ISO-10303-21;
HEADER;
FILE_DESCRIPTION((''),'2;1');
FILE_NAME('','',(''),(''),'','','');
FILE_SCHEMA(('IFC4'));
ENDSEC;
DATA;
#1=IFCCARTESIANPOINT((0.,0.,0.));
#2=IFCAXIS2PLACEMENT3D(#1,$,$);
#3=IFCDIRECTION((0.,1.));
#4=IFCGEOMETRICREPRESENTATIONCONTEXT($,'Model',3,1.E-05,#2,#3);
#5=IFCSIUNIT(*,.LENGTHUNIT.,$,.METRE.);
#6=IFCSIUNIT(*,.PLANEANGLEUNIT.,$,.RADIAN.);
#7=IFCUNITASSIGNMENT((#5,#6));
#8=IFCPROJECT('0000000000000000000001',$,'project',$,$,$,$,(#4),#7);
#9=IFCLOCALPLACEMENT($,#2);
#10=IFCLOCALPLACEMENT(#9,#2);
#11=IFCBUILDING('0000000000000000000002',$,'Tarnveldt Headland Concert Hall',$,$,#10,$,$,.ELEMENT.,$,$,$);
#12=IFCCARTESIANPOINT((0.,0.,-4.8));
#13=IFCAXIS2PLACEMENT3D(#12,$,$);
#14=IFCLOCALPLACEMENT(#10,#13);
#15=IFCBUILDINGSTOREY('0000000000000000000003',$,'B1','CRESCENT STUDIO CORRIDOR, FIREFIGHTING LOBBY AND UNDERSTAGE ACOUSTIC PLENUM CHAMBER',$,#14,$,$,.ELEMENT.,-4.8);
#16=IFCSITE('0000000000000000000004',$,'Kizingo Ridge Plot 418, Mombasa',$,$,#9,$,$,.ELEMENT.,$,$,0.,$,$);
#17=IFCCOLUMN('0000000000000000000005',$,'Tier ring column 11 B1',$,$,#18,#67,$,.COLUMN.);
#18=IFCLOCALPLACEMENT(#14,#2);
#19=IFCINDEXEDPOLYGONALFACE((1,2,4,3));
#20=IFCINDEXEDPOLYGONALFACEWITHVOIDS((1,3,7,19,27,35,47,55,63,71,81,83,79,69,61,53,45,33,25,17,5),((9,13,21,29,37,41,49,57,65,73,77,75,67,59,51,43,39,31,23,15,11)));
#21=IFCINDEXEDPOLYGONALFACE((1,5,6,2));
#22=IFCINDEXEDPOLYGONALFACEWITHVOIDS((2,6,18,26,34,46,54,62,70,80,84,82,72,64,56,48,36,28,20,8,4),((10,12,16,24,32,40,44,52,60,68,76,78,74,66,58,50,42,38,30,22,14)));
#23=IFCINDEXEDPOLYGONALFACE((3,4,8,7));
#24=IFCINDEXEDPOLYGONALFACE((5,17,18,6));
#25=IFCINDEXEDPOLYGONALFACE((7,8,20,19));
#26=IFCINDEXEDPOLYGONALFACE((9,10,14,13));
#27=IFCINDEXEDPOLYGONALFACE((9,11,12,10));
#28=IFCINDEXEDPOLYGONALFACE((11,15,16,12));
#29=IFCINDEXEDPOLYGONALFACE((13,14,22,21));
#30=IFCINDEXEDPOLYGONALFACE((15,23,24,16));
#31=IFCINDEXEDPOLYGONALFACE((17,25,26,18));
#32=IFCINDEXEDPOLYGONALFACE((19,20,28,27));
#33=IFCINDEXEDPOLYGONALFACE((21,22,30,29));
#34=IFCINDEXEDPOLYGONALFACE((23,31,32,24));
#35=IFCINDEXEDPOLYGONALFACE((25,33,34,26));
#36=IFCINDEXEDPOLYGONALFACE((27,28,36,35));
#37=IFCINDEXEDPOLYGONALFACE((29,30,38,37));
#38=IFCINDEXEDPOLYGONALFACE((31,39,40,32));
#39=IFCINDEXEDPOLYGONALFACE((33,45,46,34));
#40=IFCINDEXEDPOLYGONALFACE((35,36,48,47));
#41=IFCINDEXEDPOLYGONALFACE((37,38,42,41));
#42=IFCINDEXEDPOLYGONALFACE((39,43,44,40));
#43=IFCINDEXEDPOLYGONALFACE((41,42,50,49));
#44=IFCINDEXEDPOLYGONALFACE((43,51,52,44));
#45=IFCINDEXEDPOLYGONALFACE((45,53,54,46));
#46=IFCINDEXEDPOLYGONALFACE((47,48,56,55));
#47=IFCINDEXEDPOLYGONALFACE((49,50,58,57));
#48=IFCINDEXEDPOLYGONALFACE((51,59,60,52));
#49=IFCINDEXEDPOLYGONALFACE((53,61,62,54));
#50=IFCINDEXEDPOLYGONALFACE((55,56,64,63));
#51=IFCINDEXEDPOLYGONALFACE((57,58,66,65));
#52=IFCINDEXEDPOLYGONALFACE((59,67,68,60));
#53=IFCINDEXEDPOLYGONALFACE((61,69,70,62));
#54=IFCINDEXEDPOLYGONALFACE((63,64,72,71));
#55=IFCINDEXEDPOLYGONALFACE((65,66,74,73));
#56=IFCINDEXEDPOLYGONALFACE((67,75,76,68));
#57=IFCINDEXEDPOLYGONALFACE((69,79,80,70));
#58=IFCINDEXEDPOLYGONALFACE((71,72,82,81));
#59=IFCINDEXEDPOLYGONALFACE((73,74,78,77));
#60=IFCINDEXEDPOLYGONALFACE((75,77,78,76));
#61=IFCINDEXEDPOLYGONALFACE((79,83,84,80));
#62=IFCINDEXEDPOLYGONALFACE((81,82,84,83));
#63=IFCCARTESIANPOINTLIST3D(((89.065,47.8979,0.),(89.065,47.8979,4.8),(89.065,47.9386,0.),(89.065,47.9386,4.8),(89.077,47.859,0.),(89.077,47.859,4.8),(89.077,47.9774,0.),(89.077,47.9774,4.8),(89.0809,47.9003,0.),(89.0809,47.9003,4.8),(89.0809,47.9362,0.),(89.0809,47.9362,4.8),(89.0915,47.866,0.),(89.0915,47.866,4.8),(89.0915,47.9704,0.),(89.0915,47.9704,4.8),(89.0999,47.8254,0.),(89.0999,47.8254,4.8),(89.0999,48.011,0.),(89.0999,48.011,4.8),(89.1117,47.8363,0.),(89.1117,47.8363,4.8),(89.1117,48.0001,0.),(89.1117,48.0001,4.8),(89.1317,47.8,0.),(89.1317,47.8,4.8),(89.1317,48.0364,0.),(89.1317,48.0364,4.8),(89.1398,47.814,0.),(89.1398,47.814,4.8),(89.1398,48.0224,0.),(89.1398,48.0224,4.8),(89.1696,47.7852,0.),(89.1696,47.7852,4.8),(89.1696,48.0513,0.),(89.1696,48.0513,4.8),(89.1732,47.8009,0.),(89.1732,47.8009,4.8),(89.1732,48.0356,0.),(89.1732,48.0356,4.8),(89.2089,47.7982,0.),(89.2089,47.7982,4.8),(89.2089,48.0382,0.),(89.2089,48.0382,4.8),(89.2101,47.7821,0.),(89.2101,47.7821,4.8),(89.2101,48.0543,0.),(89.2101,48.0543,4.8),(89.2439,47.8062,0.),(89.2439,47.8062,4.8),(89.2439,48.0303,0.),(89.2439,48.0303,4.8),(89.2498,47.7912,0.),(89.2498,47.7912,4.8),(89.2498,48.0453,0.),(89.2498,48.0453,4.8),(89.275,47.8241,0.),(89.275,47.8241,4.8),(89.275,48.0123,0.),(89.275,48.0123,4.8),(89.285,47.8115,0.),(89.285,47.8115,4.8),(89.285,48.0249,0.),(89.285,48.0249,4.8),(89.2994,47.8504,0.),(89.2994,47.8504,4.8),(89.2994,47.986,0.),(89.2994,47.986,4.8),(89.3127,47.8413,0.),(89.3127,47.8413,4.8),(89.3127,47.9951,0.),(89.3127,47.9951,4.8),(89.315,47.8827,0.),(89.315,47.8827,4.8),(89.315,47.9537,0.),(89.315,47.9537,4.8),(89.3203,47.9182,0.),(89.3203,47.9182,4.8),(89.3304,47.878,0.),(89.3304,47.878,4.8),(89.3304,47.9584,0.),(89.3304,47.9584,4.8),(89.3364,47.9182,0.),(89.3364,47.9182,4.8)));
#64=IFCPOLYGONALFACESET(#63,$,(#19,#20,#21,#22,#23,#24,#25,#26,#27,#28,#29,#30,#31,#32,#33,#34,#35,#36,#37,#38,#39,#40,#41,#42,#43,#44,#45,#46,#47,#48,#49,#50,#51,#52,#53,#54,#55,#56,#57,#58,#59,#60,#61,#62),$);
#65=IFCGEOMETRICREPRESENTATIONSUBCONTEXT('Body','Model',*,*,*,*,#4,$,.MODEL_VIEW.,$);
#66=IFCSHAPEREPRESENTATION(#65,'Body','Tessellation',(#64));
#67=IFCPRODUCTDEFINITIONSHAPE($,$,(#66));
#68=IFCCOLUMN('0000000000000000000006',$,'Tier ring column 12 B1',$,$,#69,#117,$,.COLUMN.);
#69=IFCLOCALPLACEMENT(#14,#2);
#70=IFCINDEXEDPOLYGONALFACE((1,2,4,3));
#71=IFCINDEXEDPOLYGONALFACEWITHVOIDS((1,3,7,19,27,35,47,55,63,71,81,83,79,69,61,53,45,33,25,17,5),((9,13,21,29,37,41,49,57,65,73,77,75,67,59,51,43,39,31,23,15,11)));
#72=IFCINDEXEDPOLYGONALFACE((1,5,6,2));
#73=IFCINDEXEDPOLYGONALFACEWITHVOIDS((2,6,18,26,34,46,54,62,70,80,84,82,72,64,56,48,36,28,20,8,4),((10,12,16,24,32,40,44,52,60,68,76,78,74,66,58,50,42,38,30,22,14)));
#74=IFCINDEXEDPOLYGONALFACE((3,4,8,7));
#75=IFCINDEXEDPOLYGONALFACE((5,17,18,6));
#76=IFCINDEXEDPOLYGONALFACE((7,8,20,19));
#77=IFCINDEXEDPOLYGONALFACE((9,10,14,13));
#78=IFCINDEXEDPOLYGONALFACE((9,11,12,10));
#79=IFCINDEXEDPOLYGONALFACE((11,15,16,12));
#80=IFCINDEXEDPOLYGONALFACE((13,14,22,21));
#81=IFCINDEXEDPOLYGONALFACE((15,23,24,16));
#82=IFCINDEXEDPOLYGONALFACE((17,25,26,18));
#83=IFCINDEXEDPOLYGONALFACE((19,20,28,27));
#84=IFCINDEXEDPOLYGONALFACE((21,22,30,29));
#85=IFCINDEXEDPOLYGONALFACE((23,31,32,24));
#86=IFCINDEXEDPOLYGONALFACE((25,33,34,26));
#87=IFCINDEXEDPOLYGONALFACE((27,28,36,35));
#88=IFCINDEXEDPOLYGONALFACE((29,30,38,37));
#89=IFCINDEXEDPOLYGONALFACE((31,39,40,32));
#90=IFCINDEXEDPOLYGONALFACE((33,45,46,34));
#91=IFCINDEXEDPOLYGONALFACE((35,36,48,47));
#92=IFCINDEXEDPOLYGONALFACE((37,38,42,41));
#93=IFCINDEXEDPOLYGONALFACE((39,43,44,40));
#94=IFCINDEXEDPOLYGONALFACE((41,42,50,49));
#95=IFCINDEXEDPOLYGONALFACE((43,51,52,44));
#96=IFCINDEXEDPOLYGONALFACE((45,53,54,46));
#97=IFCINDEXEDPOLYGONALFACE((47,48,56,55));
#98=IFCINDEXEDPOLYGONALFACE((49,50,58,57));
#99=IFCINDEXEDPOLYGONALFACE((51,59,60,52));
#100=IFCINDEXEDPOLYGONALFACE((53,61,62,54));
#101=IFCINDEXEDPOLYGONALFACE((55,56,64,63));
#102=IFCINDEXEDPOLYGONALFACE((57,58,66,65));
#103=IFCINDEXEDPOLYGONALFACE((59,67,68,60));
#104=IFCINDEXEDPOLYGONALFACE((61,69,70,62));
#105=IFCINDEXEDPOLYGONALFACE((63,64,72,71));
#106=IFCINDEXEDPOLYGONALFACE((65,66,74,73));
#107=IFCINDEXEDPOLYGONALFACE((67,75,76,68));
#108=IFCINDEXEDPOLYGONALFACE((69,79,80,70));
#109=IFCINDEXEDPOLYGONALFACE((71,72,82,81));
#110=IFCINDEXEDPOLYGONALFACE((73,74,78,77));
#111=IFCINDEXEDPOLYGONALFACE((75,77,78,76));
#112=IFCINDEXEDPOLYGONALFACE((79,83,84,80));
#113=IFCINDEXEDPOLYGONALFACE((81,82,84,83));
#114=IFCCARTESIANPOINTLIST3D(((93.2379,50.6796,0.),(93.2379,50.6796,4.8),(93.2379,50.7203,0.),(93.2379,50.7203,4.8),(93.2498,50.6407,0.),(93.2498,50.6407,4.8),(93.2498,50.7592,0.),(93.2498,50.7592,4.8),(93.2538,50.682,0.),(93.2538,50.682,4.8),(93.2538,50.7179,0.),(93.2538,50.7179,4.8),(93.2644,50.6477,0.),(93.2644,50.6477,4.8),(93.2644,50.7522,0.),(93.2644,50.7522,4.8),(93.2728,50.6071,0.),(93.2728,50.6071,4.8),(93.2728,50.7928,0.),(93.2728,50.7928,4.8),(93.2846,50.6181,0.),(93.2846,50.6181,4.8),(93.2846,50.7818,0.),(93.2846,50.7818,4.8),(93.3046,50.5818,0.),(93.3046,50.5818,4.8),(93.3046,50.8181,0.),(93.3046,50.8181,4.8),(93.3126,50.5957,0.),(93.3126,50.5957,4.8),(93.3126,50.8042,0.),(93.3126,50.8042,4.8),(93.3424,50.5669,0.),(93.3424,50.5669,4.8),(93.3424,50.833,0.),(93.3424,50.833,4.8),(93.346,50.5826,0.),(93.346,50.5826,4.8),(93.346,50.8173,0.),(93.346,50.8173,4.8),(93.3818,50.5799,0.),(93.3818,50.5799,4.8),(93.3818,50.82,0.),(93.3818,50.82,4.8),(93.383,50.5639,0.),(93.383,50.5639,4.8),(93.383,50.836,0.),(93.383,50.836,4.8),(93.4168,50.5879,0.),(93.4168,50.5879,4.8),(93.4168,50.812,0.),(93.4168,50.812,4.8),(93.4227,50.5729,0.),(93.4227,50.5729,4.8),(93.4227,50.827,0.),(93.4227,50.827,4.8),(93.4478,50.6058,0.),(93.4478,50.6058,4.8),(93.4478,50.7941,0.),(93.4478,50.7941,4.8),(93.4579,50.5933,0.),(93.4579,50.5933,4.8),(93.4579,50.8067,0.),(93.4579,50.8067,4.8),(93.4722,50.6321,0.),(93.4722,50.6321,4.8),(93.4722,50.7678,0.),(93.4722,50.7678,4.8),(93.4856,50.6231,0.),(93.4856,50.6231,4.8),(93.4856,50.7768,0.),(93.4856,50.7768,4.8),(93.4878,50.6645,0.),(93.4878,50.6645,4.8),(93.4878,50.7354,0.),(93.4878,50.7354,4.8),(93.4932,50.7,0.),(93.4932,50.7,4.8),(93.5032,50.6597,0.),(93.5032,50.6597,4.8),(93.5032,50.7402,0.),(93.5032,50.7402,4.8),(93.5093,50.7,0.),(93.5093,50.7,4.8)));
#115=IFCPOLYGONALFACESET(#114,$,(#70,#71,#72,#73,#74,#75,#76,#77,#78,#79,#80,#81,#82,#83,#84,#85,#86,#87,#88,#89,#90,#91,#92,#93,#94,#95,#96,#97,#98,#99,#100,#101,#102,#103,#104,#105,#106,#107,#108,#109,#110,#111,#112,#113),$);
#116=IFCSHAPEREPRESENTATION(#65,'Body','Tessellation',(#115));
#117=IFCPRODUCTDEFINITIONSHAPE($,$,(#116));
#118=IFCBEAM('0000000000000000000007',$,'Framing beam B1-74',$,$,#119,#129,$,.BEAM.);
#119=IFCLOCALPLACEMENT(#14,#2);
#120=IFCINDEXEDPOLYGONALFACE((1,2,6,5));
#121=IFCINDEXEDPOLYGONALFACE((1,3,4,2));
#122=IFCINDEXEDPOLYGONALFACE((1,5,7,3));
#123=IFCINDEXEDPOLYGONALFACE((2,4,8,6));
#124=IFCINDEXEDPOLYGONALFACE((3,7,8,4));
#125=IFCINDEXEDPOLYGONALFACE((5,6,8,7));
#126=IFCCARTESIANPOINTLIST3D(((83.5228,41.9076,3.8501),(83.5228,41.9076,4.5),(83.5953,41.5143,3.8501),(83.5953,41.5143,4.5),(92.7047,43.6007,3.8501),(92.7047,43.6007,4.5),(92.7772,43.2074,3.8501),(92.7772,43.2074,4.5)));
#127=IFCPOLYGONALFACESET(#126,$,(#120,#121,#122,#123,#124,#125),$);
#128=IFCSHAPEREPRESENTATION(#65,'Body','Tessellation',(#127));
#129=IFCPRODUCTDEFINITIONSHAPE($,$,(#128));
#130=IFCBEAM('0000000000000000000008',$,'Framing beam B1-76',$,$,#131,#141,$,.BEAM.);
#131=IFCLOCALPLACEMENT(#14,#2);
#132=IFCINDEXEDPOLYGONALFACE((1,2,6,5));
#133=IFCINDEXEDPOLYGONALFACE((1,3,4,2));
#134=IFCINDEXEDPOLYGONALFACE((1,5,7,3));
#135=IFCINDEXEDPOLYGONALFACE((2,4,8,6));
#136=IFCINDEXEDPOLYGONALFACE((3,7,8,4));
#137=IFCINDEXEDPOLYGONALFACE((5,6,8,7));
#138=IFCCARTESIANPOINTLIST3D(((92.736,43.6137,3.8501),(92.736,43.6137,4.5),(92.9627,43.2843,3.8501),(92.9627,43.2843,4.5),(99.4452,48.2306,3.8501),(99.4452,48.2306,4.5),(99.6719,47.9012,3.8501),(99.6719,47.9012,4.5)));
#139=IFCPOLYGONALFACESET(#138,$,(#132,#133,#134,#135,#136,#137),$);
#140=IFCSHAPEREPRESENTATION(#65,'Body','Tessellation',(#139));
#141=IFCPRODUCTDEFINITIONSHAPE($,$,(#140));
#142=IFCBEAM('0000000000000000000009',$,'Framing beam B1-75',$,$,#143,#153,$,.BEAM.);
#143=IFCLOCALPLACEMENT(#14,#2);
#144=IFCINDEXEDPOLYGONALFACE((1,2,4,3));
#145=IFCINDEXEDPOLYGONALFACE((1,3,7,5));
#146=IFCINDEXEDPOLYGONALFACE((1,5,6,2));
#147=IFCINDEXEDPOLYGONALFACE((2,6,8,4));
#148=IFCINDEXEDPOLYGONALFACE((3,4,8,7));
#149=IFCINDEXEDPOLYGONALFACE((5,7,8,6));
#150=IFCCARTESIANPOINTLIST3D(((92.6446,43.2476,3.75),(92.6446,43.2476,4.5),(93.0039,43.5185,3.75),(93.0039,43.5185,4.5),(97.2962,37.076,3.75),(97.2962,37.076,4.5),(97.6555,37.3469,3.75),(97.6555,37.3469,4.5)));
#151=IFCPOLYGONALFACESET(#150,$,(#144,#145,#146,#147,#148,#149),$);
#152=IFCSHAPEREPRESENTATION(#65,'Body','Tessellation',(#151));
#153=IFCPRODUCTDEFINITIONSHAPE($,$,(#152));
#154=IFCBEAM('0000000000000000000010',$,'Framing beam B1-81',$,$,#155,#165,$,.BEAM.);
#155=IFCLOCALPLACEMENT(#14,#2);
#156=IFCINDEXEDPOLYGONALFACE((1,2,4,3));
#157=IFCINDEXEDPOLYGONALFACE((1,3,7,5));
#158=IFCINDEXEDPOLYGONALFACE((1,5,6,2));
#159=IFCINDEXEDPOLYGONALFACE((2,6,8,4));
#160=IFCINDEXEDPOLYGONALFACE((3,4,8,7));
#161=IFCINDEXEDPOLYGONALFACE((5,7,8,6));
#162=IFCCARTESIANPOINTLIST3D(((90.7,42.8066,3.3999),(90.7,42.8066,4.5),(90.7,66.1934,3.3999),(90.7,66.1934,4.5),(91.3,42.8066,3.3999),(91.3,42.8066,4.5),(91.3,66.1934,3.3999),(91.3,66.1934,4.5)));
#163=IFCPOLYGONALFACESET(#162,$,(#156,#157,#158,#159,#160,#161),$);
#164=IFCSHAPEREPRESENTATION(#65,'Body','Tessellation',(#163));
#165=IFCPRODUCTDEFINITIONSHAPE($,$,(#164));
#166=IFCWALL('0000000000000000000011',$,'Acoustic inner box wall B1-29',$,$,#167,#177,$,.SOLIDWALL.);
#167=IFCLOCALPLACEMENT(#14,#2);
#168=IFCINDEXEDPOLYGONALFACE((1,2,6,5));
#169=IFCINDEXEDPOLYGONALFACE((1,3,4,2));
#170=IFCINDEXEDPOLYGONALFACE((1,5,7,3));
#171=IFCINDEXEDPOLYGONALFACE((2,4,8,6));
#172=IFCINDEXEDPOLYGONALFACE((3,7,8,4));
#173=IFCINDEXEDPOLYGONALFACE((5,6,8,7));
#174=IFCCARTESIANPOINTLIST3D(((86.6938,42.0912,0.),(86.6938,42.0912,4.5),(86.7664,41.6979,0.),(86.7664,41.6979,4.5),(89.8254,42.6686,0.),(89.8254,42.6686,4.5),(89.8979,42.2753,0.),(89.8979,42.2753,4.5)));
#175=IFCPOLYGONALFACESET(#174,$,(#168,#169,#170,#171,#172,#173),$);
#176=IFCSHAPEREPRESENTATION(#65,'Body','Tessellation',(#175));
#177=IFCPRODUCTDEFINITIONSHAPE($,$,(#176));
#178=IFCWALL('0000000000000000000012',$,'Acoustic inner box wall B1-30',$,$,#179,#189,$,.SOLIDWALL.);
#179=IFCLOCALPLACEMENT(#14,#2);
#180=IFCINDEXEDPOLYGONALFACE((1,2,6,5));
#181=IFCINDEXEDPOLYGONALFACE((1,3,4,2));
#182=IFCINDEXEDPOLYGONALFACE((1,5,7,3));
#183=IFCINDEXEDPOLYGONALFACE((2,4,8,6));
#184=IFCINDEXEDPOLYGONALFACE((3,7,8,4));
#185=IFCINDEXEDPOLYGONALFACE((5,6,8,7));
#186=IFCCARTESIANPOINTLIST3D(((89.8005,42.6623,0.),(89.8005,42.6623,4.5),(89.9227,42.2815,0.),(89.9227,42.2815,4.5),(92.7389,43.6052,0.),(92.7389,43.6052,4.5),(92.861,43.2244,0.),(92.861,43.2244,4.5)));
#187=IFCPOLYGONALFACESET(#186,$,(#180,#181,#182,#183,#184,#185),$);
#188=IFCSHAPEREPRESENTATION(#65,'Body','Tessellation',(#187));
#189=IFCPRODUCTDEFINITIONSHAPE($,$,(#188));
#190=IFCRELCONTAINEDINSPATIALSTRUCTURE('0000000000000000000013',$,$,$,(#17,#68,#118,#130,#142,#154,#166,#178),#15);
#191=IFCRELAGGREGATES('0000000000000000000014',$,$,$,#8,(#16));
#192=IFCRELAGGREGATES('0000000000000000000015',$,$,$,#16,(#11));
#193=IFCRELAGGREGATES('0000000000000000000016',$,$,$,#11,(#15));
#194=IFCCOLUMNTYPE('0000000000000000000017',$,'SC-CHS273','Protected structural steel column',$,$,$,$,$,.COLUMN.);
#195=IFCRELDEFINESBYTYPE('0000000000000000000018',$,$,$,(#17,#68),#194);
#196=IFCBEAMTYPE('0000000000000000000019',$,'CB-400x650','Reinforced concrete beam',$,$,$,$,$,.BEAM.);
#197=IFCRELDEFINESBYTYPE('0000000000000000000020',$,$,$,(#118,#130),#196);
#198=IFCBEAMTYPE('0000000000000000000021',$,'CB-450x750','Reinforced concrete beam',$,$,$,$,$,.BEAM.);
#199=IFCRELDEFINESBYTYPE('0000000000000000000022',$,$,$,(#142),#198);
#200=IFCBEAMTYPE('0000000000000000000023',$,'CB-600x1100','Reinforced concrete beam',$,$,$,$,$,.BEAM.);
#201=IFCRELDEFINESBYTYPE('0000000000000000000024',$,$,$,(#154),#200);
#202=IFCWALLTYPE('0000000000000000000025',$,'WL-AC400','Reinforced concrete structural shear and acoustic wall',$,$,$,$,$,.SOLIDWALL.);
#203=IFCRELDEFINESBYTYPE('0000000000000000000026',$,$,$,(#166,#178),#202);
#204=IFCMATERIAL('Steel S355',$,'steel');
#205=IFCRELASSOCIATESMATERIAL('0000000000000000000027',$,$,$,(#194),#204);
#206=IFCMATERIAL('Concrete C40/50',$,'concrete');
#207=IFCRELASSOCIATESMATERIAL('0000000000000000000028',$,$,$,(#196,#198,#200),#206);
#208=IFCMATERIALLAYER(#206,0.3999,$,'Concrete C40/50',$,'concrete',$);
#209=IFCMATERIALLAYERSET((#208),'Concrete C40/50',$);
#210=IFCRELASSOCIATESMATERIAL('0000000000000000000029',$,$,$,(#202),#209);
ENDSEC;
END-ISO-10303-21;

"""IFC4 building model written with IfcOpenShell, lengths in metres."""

from ifc_helpers import new_model, si_unit, direction, frame, frame_2d, origin, origin_2d, place, context, subcontext, project, spatial, rectangle, hollow_circle, extrude, material, layer, layer_set, material_profile, profile_set, type_object, element, save


model = new_model("IFC4")

# Units and contexts
model_context = context("Model", 3, precision=1e-05, world=origin(), true_north=direction((0.0, 1.0)))
body_context = subcontext(model_context, "Body", "Model", "MODEL_VIEW")
ifc_project = project(units=[si_unit("LENGTHUNIT", "METRE"), si_unit("PLANEANGLEUNIT", "RADIAN")], contexts=[model_context])

# Site, building, storey
site_placement = place(None, origin())
site = spatial("IfcSite", under=ifc_project, at=site_placement, Name="Kizingo Ridge Plot 418, Mombasa", CompositionType="ELEMENT", RefElevation=0.0)
building_placement = place(site_placement, origin())
building = spatial("IfcBuilding", under=site, at=building_placement, Name="Tarnveldt Headland Concert Hall", CompositionType="ELEMENT")
storey_placement = place(building_placement, frame((0.0, 0.0, -4.8)))
storey = spatial("IfcBuildingStorey", under=building, at=storey_placement, Name="B1", Description="CRESCENT STUDIO CORRIDOR, FIREFIGHTING LOBBY AND UNDERSTAGE ACOUSTIC PLENUM CHAMBER", CompositionType="ELEMENT", Elevation=-4.8)

# Shared definitions
ifc_material_1 = material(Name="Concrete C40/50", Category="concrete")

# Columns
ifc_material_2 = material(Name="Steel S355", Category="steel")
ifc_material_profile_1 = material_profile(ifc_material_2, hollow_circle(Radius=0.1365, WallThickness=0.0161, at=origin_2d()), Name="CHS 273x16", Category="steel")
ifc_profile_set_1 = profile_set([ifc_material_profile_1], Name="Steel S355")
column_type_1 = type_object("IfcColumnType", Name="SC-CHS273", Description="Protected structural steel column", PredefinedType="COLUMN", material=ifc_profile_set_1)
for number, where, z_axis, x_axis, name in (
    (1, (89.2, 47.9182, 0.0), (0.0, 0.0, 1.0), (1.0, 0.0, 0.0), "Tier ring column 11 B1"),
    (2, (93.3728, 50.7, 0.0), (0.0, 0.0, 1.0), (1.0, 0.0, 0.0), "Tier ring column 12 B1"),
):
    element("IfcColumn", number, at=place(storey_placement, frame(where, z_axis=z_axis, x_axis=x_axis)), inside=storey, type_object=column_type_1, Name=name, PredefinedType="COLUMN", context=body_context, shape_type="SweptSolid", body=[
        extrude(hollow_circle(Radius=0.1365, WallThickness=0.0161, at=origin_2d()), origin(), (0.0, 0.0, 1.0), 4.8),
    ])

# Beams
ifc_material_profile_2 = material_profile(ifc_material_1, rectangle(XDim=0.3999, YDim=0.6499, at=origin_2d()), Name="RC 400x650", Category="concrete")
ifc_profile_set_2 = profile_set([ifc_material_profile_2], Name="Concrete C40/50")
beam_type_1 = type_object("IfcBeamType", Name="CB-400x650", Description="Reinforced concrete beam", PredefinedType="BEAM", material=ifc_profile_set_2)
beam_1_placement = place(storey_placement, frame((83.5591, 41.7109, 4.175), z_axis=(0.98342, 0.18134, 0.0), x_axis=(-0.18134, 0.98342, 0.0)))
element("IfcBeam", 3, at=beam_1_placement, inside=storey, type_object=beam_type_1, Name="Framing beam B1-74", PredefinedType="BEAM", context=body_context, shape_type="SweptSolid", body=[
    extrude(rectangle(XDim=0.3999, YDim=0.6499, at=origin_2d()), origin(), (0.0, 0.0, 1.0), 9.3367),
])
beam_2_placement = place(storey_placement, frame((92.8494, 43.449, 4.175), z_axis=(0.823793, 0.566891, 0.0), x_axis=(-0.566891, 0.823793, 0.0)))
element("IfcBeam", 4, at=beam_2_placement, inside=storey, type_object=beam_type_1, Name="Framing beam B1-76", PredefinedType="BEAM", context=body_context, shape_type="SweptSolid", body=[
    extrude(rectangle(XDim=0.3999, YDim=0.6499, at=origin_2d()), origin(), (0.0, 0.0, 1.0), 8.1443),
])
ifc_material_profile_3 = material_profile(ifc_material_1, rectangle(XDim=0.45, YDim=0.75, at=origin_2d()), Name="RC 450x750", Category="concrete")
ifc_profile_set_3 = profile_set([ifc_material_profile_3], Name="Concrete C40/50")
beam_type_2 = type_object("IfcBeamType", Name="CB-450x750", Description="Reinforced concrete beam", PredefinedType="BEAM", material=ifc_profile_set_3)
beam_3_placement = place(storey_placement, frame((92.8242, 43.3831, 4.125), z_axis=(0.601894, -0.798576, 0.0), x_axis=(0.798576, 0.601894, 0.0)))
element("IfcBeam", 5, at=beam_3_placement, inside=storey, type_object=beam_type_2, Name="Framing beam B1-75", PredefinedType="BEAM", context=body_context, shape_type="SweptSolid", body=[
    extrude(rectangle(XDim=0.45, YDim=0.75, at=origin_2d()), origin(), (0.0, 0.0, 1.0), 7.7283),
])
ifc_material_profile_4 = material_profile(ifc_material_1, rectangle(XDim=0.6001, YDim=1.1001, at=origin_2d()), Name="RC 600x1100", Category="concrete")
ifc_profile_set_4 = profile_set([ifc_material_profile_4], Name="Concrete C40/50")
beam_type_3 = type_object("IfcBeamType", Name="CB-600x1100", Description="Reinforced concrete beam", PredefinedType="BEAM", material=ifc_profile_set_4)
beam_4_placement = place(storey_placement, frame((91.0, 42.8066, 3.95), z_axis=(0.0, 1.0, 0.0), x_axis=(-1.0, 0.0, 0.0)))
element("IfcBeam", 6, at=beam_4_placement, inside=storey, type_object=beam_type_3, Name="Framing beam B1-81", PredefinedType="BEAM", context=body_context, shape_type="SweptSolid", body=[
    extrude(rectangle(XDim=0.6001, YDim=1.1001, at=origin_2d()), origin(), (0.0, 0.0, 1.0), 23.3867),
])

# Walls
ifc_layer = layer(ifc_material_1, 0.3999, Name="Concrete C40/50", Category="concrete")
ifc_layer_set = layer_set([ifc_layer], Name="Concrete C40/50")
wall_type = type_object("IfcWallType", Name="WL-AC400", Description="Reinforced concrete structural shear and acoustic wall", PredefinedType="SOLIDWALL", material=ifc_layer_set)
wall_1_placement = place(storey_placement, frame((86.73, 41.8945, 0.0), z_axis=(0.0, 0.0, 1.0), x_axis=(0.983424, 0.18132, 0.0)))
element("IfcWall", 7, at=wall_1_placement, inside=storey, type_object=wall_type, Name="Acoustic inner box wall B1-29", PredefinedType="SOLIDWALL", context=body_context, shape_type="SweptSolid", body=[
    extrude(rectangle(XDim=3.1843, YDim=0.3999, at=frame_2d((1.5923, 0.0))), origin(), (0.0, 0.0, 1.0), 4.5),
])
wall_2_placement = place(storey_placement, frame((89.8616, 42.4719, 0.0), z_axis=(0.0, 0.0, 1.0), x_axis=(0.952183, 0.305528, 0.0)))
element("IfcWall", 8, at=wall_2_placement, inside=storey, type_object=wall_type, Name="Acoustic inner box wall B1-30", PredefinedType="SOLIDWALL", context=body_context, shape_type="SweptSolid", body=[
    extrude(rectangle(XDim=3.0859, YDim=0.3999, at=frame_2d((1.543, 0.0))), origin(), (0.0, 0.0, 1.0), 4.5),
])

save(model, "model.ifc")
